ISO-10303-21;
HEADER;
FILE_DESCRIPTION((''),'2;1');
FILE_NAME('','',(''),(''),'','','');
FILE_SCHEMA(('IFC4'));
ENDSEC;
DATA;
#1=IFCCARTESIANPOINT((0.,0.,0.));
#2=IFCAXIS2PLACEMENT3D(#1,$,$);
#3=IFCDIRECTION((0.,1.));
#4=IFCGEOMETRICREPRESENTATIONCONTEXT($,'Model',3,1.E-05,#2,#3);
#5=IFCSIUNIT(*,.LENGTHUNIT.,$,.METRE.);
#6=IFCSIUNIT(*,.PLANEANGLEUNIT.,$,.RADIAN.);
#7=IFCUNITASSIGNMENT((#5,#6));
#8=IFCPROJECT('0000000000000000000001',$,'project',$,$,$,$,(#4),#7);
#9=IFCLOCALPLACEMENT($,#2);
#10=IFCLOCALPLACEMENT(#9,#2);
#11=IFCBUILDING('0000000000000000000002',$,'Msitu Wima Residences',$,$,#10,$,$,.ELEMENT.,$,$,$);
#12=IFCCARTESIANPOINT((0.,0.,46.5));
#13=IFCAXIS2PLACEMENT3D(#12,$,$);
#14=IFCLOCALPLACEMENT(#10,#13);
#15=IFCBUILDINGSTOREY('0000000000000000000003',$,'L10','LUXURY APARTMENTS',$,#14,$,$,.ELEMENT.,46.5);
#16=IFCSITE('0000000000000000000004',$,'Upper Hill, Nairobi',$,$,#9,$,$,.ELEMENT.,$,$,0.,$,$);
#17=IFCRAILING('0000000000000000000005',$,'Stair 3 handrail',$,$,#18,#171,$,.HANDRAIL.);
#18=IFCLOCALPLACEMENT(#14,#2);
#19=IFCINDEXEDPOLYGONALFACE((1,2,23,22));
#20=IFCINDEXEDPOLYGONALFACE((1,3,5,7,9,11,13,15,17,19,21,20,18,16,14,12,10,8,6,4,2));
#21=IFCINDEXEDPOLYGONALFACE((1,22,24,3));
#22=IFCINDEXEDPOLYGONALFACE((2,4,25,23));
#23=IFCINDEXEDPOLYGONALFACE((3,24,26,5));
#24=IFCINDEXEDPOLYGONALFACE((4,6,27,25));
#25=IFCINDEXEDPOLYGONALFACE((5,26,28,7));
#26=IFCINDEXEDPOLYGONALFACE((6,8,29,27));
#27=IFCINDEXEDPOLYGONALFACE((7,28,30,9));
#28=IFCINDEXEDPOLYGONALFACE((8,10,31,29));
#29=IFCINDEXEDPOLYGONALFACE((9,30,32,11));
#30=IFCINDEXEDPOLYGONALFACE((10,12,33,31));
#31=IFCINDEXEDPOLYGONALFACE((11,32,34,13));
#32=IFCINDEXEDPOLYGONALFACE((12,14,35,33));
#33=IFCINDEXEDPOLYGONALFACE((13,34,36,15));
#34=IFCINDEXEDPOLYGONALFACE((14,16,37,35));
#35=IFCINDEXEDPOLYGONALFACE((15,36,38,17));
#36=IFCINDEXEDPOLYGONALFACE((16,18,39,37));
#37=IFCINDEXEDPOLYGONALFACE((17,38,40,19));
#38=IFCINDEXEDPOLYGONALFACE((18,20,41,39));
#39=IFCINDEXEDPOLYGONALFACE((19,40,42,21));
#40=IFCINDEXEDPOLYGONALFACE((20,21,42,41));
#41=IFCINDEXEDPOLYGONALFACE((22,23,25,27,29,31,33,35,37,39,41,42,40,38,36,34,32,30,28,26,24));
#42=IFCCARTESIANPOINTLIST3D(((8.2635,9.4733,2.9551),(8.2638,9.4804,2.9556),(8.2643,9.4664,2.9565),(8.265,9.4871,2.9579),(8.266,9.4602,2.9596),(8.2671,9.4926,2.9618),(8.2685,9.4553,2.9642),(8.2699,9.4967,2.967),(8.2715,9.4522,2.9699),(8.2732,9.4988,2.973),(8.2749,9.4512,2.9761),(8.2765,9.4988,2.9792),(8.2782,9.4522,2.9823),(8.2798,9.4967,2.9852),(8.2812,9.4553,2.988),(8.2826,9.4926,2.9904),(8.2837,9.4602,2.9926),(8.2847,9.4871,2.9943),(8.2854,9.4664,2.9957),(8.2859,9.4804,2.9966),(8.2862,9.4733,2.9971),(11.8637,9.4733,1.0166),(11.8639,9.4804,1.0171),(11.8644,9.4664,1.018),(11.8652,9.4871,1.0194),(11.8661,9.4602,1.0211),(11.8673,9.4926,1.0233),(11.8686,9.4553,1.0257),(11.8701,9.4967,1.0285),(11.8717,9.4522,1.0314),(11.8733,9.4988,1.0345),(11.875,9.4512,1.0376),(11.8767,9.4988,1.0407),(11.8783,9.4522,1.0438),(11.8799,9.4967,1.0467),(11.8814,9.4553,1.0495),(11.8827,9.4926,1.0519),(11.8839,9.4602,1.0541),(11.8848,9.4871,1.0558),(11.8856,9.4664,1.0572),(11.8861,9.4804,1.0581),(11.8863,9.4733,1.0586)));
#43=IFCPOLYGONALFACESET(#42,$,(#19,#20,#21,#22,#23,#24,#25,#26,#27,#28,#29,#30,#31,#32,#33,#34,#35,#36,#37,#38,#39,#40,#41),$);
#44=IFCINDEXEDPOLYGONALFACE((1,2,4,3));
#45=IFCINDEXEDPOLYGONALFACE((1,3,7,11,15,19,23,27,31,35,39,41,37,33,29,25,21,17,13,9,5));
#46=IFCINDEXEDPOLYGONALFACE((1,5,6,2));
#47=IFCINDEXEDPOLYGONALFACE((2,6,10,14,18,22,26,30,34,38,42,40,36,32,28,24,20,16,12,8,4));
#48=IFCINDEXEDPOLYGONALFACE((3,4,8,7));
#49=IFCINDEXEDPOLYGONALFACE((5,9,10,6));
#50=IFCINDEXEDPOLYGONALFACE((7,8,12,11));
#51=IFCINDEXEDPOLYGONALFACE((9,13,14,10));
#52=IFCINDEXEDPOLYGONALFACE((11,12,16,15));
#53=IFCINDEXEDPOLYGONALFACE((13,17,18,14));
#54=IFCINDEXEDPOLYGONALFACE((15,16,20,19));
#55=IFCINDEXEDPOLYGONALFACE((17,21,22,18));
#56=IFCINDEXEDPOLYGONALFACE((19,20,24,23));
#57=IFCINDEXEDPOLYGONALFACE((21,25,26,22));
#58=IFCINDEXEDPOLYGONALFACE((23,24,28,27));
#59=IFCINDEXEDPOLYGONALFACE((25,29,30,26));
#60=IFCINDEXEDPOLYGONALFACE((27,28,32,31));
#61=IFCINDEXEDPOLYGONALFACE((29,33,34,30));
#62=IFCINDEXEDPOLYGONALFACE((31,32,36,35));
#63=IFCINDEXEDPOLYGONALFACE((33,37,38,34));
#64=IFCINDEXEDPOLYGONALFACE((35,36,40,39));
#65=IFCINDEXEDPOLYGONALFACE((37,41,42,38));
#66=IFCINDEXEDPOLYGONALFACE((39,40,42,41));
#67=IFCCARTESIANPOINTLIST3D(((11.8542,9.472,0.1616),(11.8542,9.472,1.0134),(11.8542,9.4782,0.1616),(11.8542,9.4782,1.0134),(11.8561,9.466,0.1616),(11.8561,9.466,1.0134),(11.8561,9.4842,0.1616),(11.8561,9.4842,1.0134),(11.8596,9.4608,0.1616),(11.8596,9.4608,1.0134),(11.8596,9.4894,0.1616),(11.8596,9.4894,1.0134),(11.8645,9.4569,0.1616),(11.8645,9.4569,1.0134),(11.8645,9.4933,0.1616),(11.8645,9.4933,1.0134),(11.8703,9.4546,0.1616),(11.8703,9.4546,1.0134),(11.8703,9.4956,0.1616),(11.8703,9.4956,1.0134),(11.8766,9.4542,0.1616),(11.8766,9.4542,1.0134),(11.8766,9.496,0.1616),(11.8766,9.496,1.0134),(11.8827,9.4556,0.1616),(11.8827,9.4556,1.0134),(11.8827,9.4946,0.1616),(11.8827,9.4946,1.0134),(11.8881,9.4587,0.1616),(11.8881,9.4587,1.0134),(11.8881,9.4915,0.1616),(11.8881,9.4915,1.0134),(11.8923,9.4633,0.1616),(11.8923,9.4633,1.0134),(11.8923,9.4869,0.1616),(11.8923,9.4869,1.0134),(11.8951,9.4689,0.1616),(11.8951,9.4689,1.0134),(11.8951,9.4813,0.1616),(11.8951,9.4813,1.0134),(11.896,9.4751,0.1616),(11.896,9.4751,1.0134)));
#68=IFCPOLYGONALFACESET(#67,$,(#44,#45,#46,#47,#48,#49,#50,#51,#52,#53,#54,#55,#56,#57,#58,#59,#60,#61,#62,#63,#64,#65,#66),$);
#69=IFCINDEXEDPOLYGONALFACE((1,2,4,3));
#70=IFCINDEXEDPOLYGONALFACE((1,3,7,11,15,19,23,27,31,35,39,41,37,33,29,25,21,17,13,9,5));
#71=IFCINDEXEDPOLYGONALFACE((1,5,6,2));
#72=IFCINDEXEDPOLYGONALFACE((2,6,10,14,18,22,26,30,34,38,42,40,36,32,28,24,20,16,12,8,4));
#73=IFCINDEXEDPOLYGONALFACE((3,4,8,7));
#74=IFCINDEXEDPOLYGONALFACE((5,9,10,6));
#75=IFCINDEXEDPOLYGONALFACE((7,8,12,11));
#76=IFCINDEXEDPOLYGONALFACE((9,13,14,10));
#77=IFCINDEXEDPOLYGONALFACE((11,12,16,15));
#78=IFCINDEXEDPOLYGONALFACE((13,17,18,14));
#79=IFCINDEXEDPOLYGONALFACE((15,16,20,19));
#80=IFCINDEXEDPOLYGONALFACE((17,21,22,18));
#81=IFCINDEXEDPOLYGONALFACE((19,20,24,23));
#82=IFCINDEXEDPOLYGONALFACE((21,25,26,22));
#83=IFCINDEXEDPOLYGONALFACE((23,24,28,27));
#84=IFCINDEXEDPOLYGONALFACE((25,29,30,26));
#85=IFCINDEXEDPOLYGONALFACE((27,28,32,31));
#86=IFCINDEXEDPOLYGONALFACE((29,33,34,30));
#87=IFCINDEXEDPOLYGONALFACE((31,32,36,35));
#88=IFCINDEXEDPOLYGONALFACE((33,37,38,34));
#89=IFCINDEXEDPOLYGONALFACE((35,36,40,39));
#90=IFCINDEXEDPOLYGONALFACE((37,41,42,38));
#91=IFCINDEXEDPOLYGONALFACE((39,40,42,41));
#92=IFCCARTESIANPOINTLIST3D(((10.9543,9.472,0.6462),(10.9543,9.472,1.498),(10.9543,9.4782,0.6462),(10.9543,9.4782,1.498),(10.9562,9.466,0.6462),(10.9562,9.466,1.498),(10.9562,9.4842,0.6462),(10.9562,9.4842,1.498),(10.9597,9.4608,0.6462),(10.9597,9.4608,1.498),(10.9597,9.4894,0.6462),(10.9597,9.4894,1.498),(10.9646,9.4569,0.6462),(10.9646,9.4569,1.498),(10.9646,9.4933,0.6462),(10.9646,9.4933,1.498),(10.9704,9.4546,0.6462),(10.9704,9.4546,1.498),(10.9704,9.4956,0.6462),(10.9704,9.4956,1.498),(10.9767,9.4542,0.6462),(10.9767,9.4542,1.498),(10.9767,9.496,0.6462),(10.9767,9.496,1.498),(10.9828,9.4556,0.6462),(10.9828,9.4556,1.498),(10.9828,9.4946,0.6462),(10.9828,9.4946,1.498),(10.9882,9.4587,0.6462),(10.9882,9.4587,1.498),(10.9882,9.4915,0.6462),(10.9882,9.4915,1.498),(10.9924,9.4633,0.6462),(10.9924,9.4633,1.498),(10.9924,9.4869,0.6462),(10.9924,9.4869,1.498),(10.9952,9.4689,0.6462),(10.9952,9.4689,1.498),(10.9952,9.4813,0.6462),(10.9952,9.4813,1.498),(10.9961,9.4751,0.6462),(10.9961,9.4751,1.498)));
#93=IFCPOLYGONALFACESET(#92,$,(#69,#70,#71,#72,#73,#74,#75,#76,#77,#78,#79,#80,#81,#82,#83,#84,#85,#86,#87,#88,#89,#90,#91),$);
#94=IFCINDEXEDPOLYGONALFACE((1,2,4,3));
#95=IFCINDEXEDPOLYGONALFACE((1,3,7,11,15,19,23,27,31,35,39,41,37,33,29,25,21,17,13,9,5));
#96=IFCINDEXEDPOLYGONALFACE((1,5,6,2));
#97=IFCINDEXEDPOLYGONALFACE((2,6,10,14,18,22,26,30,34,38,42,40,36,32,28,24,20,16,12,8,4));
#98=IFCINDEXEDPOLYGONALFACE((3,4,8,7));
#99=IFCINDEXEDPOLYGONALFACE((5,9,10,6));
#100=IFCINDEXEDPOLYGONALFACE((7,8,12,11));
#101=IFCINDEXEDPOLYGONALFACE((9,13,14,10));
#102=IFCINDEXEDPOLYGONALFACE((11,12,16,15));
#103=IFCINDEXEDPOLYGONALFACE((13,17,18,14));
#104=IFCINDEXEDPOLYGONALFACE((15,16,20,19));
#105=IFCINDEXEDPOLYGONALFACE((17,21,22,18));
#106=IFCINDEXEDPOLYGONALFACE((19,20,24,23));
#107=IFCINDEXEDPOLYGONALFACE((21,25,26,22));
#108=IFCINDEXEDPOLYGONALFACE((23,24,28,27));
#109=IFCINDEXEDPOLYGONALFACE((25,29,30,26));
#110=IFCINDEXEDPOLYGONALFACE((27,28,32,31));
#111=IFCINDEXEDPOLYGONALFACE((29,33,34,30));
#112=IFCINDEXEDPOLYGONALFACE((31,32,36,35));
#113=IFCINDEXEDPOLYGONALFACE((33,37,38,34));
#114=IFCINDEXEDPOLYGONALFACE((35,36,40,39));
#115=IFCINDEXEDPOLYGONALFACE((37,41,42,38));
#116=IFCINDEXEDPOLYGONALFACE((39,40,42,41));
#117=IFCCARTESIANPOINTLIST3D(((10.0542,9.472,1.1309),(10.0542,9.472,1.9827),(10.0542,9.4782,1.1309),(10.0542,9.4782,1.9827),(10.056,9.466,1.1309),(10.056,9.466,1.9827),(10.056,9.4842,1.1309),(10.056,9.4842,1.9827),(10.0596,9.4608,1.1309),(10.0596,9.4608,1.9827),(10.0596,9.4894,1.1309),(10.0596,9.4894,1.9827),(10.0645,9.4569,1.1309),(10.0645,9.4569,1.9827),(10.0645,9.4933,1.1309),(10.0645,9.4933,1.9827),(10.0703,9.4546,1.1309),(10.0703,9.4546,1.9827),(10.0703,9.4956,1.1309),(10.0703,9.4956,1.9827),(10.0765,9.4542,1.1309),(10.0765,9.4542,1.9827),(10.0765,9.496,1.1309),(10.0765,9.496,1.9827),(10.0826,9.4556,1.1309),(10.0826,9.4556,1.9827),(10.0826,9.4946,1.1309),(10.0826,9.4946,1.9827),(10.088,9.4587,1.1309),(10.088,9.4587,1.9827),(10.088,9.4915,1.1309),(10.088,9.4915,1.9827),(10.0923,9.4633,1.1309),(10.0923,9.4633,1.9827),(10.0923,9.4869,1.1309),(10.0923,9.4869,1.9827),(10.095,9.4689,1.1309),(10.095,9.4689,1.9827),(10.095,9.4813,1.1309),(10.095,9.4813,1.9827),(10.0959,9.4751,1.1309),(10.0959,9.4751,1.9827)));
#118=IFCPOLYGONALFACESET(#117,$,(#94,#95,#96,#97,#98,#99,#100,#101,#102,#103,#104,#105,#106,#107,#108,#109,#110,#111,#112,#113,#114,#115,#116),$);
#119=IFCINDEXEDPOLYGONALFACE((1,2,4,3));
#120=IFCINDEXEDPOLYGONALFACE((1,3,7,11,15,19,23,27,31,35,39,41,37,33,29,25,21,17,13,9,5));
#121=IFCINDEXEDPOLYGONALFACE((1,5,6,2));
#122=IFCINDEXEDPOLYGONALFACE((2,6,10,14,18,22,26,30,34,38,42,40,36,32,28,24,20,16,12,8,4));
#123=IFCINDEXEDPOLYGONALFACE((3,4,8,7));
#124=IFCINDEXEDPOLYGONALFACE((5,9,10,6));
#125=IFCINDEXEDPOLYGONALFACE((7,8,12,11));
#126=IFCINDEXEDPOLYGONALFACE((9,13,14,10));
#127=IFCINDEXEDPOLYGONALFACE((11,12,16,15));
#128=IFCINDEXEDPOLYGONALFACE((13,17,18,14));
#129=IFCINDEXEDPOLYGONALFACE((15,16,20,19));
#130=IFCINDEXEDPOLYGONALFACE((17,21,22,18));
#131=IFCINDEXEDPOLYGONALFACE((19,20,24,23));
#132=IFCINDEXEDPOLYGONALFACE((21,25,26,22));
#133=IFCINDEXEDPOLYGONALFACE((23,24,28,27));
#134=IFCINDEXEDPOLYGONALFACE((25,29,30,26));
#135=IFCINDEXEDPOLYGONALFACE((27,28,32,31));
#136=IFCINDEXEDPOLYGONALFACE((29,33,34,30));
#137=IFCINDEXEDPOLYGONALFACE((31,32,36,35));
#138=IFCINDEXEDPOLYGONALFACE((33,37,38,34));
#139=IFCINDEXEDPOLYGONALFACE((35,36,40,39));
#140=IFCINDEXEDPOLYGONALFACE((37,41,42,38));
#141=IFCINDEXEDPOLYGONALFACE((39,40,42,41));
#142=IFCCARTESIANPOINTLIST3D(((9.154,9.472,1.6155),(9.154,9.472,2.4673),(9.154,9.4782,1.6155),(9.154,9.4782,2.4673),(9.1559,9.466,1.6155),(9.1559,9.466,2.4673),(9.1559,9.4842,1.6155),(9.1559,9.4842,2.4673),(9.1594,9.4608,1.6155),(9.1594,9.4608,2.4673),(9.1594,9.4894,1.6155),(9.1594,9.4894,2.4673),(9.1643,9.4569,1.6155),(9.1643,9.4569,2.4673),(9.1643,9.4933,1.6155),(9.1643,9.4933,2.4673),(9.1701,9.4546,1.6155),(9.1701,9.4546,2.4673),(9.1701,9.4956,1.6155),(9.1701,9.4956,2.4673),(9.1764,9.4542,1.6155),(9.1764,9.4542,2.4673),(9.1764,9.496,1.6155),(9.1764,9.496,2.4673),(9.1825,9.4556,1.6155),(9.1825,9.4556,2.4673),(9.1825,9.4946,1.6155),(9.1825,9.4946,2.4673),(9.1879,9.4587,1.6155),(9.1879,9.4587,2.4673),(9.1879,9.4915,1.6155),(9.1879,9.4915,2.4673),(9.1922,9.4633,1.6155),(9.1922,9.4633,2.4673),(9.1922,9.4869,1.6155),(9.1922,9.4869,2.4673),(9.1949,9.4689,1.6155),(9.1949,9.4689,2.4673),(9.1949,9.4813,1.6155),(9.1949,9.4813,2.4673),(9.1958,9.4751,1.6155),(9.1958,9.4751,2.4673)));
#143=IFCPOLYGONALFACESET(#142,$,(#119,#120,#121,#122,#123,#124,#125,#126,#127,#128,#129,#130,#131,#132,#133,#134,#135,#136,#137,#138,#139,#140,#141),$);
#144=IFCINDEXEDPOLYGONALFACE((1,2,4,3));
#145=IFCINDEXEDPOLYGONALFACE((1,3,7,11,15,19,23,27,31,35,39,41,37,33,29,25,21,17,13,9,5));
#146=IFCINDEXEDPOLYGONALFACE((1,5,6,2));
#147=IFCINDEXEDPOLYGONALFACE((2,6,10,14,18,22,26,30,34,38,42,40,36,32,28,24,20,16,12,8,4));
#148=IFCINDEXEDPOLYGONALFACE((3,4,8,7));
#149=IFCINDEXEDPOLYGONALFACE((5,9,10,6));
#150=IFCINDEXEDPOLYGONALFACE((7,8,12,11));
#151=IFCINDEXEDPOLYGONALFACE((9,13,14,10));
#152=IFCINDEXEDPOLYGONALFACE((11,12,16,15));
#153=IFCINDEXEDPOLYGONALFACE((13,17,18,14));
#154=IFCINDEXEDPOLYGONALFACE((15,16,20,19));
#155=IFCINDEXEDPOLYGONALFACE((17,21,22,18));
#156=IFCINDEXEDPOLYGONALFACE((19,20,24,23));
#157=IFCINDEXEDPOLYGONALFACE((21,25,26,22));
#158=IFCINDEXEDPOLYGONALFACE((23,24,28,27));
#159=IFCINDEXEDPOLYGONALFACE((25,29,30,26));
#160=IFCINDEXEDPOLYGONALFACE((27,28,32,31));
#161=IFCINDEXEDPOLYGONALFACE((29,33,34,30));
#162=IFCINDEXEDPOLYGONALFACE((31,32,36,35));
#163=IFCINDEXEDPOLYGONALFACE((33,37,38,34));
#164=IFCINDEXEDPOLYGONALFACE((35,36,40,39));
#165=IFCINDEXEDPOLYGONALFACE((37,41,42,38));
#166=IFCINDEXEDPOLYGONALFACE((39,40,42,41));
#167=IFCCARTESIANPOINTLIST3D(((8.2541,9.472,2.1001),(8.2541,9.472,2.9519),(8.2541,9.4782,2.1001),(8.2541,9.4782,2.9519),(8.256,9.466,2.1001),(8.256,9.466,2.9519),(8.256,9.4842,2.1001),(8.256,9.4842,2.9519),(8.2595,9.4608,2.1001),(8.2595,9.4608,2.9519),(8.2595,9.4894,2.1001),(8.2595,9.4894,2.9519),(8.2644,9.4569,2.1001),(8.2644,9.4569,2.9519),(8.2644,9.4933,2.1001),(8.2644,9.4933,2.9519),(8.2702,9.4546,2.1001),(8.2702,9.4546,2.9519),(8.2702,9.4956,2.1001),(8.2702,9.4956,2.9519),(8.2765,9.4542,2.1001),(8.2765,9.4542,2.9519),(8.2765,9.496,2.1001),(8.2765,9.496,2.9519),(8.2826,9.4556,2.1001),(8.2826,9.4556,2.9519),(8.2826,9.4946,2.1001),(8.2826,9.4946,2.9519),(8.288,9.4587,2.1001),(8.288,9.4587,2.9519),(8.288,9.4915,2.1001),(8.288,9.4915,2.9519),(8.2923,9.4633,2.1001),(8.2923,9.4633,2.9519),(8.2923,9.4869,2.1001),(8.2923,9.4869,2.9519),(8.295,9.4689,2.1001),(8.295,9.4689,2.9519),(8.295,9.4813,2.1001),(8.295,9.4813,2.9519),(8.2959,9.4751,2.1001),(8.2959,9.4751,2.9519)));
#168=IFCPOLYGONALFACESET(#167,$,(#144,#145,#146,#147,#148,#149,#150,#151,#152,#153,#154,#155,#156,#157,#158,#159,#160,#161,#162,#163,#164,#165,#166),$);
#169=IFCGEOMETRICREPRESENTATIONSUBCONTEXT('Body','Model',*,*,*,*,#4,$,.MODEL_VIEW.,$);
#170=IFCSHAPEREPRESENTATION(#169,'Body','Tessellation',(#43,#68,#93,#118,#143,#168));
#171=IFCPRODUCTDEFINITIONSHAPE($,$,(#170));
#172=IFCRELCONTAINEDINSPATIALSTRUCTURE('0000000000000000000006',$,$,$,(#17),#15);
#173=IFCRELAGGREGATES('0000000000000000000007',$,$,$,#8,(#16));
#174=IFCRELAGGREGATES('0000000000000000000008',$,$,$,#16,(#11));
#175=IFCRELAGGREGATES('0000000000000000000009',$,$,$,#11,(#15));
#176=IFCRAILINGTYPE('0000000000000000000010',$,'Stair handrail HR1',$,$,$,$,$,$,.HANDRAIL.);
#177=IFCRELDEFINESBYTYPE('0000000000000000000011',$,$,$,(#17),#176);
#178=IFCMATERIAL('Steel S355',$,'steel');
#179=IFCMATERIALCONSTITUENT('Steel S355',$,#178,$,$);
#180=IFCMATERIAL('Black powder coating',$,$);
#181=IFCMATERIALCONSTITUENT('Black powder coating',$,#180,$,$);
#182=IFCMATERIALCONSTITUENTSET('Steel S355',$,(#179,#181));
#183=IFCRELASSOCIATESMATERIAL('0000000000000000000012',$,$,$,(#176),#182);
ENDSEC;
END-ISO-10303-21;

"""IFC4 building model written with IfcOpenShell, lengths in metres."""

from ifc_helpers import new_model, si_unit, direction, frame, origin, origin_2d, place, context, subcontext, project, spatial, circle, extrude, material, constituent, constituent_set, type_object, element, save


model = new_model("IFC4")

# Units and contexts
model_context = context("Model", 3, precision=1e-05, world=origin(), true_north=direction((0.0, 1.0)))
body_context = subcontext(model_context, "Body", "Model", "MODEL_VIEW")
ifc_project = project(units=[si_unit("LENGTHUNIT", "METRE"), si_unit("PLANEANGLEUNIT", "RADIAN")], contexts=[model_context])

# Site, building, storey
site_placement = place(None, origin())
site = spatial("IfcSite", under=ifc_project, at=site_placement, Name="Upper Hill, Nairobi", CompositionType="ELEMENT", RefElevation=0.0)
building_placement = place(site_placement, origin())
building = spatial("IfcBuilding", under=site, at=building_placement, Name="Msitu Wima Residences", CompositionType="ELEMENT")
storey_placement = place(building_placement, frame((0.0, 0.0, 46.5)))
storey = spatial("IfcBuildingStorey", under=building, at=storey_placement, Name="L10", Description="LUXURY APARTMENTS", CompositionType="ELEMENT", Elevation=46.5)

# Railing
ifc_material_1 = material(Name="Steel S355", Category="steel")
ifc_constituent_1 = constituent(ifc_material_1, Name="Steel S355")
ifc_material_2 = material(Name="Black powder coating")
ifc_constituent_2 = constituent(ifc_material_2, Name="Black powder coating")
ifc_constituent_set_1 = constituent_set(constituents=[ifc_constituent_1, ifc_constituent_2], Name="Steel S355")
railing_type_1 = type_object("IfcRailingType", Name="Stair handrail HR1", PredefinedType="HANDRAIL", material=ifc_constituent_set_1)
for number, where, name in (
    (1, (11.875, 9.4751, 0.1616), "Stair 3 handrail"),
):
    element("IfcRailing", number, at=place(storey_placement, frame(where)), inside=storey, type_object=railing_type_1, Name=name, PredefinedType="HANDRAIL", context=body_context, shape_type="SweptSolid", body=[
        extrude(circle(Radius=0.0239, at=origin_2d()), frame((0.0, 0.0, 0.876), z_axis=(-0.880475, 0.0, 0.474093), x_axis=(0.0, -1.0, 0.0)), (0.0, 0.0, 1.0), 4.0889),
        extrude(circle(Radius=0.021, at=origin_2d()), origin(), (0.0, 0.0, 1.0), 0.8518),
        extrude(circle(Radius=0.021, at=origin_2d()), frame((-0.8999, 0.0, 0.4846)), (0.0, 0.0, 1.0), 0.8518),
        extrude(circle(Radius=0.021, at=origin_2d()), frame((-1.8, 0.0, 0.9692)), (0.0, 0.0, 1.0), 0.8518),
        extrude(circle(Radius=0.021, at=origin_2d()), frame((-2.7002, 0.0, 1.4539)), (0.0, 0.0, 1.0), 0.8518),
        extrude(circle(Radius=0.021, at=origin_2d()), frame((-3.6001, 0.0, 1.9385)), (0.0, 0.0, 1.0), 0.8518),
    ])

save(model, "model.ifc")
